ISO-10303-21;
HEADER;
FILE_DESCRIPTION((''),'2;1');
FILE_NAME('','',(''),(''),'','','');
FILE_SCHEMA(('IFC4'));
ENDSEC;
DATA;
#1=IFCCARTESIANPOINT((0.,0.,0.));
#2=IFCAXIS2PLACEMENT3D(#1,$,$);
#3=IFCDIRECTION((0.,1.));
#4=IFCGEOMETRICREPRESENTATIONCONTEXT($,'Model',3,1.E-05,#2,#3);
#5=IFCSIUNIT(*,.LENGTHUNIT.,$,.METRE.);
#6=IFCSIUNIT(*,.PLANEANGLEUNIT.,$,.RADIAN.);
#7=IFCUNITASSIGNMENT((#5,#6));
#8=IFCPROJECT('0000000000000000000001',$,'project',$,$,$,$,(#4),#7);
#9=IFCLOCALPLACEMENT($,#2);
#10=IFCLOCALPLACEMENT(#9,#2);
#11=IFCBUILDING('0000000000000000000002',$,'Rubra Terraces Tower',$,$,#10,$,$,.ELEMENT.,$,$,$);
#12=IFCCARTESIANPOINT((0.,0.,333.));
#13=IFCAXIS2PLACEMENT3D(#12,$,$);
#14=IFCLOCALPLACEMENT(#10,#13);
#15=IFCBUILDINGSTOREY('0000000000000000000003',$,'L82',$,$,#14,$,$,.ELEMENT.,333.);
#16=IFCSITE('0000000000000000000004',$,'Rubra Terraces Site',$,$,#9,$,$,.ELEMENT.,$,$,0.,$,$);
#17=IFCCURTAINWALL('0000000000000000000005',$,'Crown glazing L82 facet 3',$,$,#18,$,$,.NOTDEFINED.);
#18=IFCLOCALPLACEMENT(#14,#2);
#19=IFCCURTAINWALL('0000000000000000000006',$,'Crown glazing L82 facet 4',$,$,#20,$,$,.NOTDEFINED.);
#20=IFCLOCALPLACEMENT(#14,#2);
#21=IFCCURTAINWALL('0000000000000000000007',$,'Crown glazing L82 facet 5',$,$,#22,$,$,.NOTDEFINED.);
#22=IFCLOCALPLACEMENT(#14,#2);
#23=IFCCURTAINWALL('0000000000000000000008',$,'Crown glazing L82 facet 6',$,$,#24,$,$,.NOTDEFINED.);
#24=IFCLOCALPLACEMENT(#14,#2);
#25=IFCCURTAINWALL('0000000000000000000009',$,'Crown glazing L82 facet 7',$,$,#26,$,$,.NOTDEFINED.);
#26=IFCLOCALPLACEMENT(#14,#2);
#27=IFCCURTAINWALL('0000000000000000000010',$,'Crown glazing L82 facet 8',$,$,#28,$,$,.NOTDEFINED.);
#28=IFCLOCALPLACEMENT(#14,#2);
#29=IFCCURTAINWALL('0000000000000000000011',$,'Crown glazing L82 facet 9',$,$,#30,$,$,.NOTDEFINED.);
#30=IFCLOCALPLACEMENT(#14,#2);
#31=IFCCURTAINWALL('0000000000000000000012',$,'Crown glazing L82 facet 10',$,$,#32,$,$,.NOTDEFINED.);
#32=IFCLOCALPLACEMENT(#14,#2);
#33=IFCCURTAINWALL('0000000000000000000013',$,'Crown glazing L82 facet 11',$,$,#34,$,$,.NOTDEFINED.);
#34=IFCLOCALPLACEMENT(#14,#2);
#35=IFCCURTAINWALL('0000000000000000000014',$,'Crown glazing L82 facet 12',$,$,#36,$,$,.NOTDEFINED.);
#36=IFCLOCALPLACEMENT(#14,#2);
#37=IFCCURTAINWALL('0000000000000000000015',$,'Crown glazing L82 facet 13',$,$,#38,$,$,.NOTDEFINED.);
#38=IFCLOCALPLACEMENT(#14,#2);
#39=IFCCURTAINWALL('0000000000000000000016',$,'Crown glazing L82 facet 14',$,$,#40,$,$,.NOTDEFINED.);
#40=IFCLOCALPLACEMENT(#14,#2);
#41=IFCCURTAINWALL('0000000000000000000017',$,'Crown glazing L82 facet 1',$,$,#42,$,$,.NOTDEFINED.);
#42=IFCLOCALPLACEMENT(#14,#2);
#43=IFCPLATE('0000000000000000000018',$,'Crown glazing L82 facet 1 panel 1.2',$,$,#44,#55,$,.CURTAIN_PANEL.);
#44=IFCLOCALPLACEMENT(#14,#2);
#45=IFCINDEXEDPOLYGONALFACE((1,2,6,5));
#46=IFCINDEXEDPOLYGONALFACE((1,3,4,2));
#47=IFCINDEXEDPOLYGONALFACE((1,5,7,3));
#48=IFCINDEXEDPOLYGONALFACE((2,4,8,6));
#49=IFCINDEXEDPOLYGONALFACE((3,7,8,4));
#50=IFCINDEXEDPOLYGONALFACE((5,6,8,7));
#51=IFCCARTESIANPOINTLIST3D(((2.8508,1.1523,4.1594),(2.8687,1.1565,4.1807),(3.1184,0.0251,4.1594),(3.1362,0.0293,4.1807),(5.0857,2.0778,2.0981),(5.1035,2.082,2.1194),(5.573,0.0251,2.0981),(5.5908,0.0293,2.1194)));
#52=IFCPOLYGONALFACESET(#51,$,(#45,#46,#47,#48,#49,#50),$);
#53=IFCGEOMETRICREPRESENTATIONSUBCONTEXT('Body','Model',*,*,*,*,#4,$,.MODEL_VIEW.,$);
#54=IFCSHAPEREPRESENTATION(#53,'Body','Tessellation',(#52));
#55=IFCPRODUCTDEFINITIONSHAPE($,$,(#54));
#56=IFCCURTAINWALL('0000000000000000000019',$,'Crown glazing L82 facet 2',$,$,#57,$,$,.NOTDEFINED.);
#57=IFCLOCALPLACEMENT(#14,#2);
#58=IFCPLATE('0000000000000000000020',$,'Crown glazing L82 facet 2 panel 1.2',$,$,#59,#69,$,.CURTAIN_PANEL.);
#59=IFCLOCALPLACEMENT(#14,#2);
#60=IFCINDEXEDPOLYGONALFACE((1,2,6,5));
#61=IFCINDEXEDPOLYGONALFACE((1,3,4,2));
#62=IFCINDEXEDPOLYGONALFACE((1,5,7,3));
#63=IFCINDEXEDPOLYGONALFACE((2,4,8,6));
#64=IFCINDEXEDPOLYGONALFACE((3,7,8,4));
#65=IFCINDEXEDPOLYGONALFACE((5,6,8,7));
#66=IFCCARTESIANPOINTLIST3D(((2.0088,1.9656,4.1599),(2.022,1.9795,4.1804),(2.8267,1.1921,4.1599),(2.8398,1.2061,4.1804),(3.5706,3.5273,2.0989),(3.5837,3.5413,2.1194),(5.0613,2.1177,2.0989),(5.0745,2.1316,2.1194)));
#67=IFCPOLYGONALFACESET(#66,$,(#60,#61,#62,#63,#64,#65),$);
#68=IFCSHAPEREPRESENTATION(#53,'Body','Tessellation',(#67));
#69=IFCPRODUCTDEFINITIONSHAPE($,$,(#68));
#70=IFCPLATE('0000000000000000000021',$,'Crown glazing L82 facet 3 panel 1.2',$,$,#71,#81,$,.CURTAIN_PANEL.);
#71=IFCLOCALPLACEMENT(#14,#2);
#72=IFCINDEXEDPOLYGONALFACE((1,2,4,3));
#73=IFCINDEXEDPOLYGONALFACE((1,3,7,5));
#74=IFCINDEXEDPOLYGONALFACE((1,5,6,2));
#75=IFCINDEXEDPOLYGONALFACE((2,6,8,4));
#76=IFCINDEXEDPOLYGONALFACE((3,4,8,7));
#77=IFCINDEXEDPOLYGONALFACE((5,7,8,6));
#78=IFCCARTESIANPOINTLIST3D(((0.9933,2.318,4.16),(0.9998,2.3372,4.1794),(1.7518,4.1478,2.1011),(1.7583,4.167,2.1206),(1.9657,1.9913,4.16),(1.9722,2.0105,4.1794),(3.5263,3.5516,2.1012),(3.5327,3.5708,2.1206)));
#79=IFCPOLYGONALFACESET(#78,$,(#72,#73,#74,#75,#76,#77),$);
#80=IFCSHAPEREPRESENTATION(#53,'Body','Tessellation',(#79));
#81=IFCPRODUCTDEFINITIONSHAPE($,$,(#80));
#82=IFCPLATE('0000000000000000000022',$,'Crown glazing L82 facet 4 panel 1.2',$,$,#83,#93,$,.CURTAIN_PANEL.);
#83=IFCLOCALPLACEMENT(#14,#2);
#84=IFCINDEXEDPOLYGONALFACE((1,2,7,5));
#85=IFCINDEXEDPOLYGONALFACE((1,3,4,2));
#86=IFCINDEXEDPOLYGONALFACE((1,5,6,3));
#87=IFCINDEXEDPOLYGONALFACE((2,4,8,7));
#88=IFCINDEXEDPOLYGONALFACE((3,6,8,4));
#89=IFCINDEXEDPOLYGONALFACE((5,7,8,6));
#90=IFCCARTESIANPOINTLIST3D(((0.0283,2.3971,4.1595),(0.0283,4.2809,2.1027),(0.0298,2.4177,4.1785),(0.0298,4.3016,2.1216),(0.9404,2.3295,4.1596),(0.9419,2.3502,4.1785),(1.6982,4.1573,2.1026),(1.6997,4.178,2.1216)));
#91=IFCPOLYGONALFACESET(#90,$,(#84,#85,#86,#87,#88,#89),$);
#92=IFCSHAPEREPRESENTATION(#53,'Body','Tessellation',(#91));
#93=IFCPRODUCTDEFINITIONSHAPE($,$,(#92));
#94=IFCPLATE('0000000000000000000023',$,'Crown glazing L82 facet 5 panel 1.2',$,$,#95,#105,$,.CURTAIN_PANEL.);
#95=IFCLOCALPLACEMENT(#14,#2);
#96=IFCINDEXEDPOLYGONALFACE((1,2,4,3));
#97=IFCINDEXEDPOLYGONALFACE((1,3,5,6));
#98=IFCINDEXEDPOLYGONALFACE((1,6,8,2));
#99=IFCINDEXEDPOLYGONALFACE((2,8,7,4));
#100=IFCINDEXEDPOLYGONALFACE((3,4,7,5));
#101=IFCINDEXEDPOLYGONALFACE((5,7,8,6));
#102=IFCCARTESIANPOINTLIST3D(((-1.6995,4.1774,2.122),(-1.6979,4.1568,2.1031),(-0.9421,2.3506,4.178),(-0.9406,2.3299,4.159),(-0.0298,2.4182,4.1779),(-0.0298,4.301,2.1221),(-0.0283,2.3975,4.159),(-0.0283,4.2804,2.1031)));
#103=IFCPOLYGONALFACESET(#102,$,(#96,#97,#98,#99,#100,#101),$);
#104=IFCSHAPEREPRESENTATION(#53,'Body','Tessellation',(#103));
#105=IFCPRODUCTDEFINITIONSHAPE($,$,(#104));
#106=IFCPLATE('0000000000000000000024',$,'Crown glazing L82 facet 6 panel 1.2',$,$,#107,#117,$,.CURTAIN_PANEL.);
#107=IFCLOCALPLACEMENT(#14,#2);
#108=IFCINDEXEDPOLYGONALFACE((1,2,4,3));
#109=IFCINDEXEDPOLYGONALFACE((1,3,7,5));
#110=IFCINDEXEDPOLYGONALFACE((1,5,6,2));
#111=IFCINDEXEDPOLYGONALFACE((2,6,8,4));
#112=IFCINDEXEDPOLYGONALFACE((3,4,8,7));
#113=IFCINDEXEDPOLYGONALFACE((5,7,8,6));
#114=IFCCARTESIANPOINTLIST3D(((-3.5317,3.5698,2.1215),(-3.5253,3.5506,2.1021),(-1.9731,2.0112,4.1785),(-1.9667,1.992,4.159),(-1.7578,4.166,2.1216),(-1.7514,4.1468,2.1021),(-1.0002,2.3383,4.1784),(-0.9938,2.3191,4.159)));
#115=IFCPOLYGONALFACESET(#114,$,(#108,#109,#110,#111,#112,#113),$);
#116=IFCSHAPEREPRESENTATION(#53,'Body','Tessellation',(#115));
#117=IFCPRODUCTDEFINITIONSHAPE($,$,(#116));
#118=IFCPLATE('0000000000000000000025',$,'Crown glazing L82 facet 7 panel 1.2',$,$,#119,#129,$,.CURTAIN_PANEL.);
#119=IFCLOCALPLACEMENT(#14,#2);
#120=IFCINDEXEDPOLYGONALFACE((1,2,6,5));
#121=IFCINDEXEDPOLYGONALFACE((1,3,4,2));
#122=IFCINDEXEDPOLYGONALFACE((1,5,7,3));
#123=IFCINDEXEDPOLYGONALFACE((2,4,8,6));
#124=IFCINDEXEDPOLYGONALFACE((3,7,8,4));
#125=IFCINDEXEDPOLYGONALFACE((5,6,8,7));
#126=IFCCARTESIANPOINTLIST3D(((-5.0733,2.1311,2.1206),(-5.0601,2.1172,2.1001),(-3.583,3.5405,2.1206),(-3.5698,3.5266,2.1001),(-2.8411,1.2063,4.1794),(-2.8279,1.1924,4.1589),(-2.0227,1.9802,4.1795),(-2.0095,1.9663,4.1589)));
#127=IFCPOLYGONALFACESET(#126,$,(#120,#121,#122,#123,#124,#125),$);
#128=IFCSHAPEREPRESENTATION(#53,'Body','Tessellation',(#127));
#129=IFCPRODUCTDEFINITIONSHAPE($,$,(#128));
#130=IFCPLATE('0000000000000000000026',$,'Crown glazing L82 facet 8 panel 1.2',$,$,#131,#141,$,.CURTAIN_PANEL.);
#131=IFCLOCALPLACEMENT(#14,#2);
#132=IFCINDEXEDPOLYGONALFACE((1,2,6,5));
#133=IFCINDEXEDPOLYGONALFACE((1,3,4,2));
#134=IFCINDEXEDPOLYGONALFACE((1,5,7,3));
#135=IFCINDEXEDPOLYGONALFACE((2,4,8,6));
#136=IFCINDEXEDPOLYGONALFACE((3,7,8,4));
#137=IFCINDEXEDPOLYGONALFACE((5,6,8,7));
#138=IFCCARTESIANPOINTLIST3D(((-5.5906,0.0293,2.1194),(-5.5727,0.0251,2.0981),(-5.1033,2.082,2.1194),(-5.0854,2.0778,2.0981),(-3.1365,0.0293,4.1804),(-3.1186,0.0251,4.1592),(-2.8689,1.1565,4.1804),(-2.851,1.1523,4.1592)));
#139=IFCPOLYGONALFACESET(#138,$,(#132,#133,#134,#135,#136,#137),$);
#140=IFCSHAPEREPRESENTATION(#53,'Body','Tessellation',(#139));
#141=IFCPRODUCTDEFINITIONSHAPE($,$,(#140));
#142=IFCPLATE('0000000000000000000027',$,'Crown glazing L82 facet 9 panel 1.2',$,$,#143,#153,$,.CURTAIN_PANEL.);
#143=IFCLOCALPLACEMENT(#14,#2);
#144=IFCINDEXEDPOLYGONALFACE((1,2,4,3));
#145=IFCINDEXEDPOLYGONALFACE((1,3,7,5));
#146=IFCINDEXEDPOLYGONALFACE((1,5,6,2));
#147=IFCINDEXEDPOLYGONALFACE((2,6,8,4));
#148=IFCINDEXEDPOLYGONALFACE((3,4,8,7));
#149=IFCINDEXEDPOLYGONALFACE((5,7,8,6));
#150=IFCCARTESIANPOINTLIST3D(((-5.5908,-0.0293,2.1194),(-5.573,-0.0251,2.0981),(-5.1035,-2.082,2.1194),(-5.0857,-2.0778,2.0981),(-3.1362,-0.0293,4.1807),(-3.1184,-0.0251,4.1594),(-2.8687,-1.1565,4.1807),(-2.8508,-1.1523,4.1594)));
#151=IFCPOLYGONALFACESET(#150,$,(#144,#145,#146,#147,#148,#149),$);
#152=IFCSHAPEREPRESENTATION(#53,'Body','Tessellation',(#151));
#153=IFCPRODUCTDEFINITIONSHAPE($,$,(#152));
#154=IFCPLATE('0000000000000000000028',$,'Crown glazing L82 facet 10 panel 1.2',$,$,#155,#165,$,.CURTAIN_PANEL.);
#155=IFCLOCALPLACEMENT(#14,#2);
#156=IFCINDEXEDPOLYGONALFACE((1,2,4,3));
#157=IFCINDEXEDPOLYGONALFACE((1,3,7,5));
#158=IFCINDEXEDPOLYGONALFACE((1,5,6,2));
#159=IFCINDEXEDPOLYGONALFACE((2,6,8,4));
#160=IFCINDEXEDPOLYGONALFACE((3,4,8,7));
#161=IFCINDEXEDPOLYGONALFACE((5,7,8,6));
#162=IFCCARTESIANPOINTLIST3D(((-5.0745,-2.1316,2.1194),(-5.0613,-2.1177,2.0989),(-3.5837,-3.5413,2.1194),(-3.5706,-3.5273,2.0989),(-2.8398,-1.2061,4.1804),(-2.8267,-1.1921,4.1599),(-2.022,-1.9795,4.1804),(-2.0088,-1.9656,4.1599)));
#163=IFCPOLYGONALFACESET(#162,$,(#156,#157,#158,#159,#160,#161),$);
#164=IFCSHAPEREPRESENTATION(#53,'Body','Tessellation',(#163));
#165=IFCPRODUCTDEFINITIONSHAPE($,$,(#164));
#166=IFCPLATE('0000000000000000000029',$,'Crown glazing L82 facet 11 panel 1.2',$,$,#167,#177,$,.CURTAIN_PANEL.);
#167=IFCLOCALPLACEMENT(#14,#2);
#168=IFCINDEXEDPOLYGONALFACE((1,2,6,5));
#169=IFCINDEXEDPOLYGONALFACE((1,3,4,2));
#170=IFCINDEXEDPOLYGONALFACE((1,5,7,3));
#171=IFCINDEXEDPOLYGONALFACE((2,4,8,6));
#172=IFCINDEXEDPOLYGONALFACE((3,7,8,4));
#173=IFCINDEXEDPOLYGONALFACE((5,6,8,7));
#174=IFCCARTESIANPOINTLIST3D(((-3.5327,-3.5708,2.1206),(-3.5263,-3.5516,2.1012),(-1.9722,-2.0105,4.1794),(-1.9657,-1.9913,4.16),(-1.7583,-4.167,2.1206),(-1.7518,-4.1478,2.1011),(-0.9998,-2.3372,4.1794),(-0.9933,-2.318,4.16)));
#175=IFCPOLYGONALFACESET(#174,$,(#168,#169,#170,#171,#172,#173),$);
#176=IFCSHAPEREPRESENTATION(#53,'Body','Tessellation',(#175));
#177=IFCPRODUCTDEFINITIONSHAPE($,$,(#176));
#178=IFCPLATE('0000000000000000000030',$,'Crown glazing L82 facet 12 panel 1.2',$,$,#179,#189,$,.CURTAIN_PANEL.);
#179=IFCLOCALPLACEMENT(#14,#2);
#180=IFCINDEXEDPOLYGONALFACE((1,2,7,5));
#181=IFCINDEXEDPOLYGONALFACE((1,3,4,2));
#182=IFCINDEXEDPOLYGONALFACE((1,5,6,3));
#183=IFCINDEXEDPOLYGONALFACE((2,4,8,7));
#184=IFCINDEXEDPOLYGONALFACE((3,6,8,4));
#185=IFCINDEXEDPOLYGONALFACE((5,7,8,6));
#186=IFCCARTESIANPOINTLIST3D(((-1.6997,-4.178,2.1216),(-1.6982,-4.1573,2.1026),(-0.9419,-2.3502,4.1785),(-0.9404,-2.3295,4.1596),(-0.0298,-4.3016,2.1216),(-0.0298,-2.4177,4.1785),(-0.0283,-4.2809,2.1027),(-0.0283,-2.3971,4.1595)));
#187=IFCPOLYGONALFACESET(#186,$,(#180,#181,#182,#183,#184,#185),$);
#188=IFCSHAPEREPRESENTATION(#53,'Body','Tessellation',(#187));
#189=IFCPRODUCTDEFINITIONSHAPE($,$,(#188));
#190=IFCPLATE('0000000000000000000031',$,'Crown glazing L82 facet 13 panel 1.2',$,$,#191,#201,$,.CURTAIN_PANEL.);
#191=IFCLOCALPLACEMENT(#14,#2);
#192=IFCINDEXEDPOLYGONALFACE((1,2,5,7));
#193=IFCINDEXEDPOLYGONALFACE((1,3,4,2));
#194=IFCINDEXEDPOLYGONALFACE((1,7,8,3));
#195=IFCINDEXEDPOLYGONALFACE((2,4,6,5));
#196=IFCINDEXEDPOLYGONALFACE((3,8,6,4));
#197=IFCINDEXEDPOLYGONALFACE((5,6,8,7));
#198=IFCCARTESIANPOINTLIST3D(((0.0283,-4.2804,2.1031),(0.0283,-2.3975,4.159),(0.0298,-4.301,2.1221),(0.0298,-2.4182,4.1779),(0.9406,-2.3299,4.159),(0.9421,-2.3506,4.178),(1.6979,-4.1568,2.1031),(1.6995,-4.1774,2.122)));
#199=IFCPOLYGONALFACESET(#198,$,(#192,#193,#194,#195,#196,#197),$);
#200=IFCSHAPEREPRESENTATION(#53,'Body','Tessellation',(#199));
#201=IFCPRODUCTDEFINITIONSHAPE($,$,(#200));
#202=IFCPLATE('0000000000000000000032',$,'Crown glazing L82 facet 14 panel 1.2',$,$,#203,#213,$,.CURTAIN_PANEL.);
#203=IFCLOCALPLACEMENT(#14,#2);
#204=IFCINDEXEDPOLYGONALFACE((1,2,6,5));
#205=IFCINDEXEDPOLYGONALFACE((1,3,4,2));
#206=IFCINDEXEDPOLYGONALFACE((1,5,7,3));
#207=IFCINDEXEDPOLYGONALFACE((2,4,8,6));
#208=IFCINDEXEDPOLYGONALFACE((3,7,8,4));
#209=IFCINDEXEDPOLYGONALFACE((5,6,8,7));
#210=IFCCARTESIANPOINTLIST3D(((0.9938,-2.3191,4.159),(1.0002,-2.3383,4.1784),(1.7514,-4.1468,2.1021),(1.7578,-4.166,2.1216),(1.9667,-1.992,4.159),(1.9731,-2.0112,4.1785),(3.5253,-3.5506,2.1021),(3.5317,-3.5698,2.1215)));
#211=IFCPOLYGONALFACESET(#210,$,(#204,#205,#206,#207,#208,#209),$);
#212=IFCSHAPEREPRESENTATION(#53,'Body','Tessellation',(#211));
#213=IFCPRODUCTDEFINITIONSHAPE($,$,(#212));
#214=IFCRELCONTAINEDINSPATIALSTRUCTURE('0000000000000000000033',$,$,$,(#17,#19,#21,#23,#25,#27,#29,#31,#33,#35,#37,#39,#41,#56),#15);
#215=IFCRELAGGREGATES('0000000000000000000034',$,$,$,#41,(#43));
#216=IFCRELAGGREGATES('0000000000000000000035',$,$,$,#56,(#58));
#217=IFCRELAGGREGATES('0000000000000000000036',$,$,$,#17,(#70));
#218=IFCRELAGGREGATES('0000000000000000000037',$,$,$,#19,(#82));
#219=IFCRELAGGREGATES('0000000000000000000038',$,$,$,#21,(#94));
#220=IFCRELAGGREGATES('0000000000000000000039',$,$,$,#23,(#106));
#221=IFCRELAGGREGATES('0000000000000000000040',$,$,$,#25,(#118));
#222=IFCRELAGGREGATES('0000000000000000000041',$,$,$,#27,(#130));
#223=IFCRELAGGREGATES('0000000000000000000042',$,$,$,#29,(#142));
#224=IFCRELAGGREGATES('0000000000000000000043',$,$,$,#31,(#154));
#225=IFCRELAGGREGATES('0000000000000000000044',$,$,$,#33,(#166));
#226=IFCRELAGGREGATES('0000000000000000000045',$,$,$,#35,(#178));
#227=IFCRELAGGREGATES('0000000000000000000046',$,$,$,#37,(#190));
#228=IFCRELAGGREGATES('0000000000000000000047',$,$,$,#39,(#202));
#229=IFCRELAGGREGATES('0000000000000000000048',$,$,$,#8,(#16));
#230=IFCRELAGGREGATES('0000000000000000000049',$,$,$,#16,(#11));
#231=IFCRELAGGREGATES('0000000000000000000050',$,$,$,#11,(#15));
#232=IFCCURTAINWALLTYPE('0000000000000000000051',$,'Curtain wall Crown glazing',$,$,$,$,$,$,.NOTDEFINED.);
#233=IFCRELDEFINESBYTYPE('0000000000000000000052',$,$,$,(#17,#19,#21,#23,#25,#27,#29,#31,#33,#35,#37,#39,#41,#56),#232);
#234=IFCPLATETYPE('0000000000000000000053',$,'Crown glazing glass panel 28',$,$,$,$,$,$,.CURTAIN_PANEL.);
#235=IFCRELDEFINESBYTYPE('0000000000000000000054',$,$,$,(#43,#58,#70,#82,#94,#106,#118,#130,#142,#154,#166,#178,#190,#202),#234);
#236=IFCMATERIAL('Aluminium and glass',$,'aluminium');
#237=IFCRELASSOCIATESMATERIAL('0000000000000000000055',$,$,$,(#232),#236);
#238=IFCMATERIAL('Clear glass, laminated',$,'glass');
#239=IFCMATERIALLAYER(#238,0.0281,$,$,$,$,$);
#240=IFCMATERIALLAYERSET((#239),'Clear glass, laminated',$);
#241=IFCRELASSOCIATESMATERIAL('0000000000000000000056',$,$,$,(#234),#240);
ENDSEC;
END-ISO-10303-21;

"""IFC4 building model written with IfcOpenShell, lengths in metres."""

from ifc_helpers import new_model, si_unit, direction, frame, origin, place, context, subcontext, project, spatial, polyline, outline, extrude, material, layer, layer_set, type_object, element, aggregate, save


model = new_model("IFC4")

# Units and contexts
model_context = context("Model", 3, precision=1e-05, world=origin(), true_north=direction((0.0, 1.0)))
body_context = subcontext(model_context, "Body", "Model", "MODEL_VIEW")
ifc_project = project(units=[si_unit("LENGTHUNIT", "METRE"), si_unit("PLANEANGLEUNIT", "RADIAN")], contexts=[model_context])

# Site, building, storey
site_placement = place(None, origin())
site = spatial("IfcSite", under=ifc_project, at=site_placement, Name="Rubra Terraces Site", CompositionType="ELEMENT", RefElevation=0.0)
building_placement = place(site_placement, origin())
building = spatial("IfcBuilding", under=site, at=building_placement, Name="Rubra Terraces Tower", CompositionType="ELEMENT")
storey_placement = place(building_placement, frame((0.0, 0.0, 333.0)))
storey = spatial("IfcBuildingStorey", under=building, at=storey_placement, Name="L82", CompositionType="ELEMENT", Elevation=333.0)

# Curtain walls
ifc_material_1 = material(Name="Aluminium and glass", Category="aluminium")
curtain_wall_type = type_object("IfcCurtainWallType", Name="Curtain wall Crown glazing", PredefinedType="NOTDEFINED", material=ifc_material_1)
curtain_wall_1_placement = place(storey_placement, origin())
curtain_wall_1 = element("IfcCurtainWall", 1, at=curtain_wall_1_placement, inside=storey, type_object=curtain_wall_type, Name="Crown glazing L82 facet 3", PredefinedType="NOTDEFINED")
curtain_wall_2_placement = place(storey_placement, origin())
curtain_wall_2 = element("IfcCurtainWall", 2, at=curtain_wall_2_placement, inside=storey, type_object=curtain_wall_type, Name="Crown glazing L82 facet 4", PredefinedType="NOTDEFINED")
curtain_wall_3_placement = place(storey_placement, origin())
curtain_wall_3 = element("IfcCurtainWall", 3, at=curtain_wall_3_placement, inside=storey, type_object=curtain_wall_type, Name="Crown glazing L82 facet 5", PredefinedType="NOTDEFINED")
curtain_wall_4_placement = place(storey_placement, origin())
curtain_wall_4 = element("IfcCurtainWall", 4, at=curtain_wall_4_placement, inside=storey, type_object=curtain_wall_type, Name="Crown glazing L82 facet 6", PredefinedType="NOTDEFINED")
curtain_wall_5_placement = place(storey_placement, origin())
curtain_wall_5 = element("IfcCurtainWall", 5, at=curtain_wall_5_placement, inside=storey, type_object=curtain_wall_type, Name="Crown glazing L82 facet 7", PredefinedType="NOTDEFINED")
curtain_wall_6_placement = place(storey_placement, origin())
curtain_wall_6 = element("IfcCurtainWall", 6, at=curtain_wall_6_placement, inside=storey, type_object=curtain_wall_type, Name="Crown glazing L82 facet 8", PredefinedType="NOTDEFINED")
curtain_wall_7_placement = place(storey_placement, origin())
curtain_wall_7 = element("IfcCurtainWall", 7, at=curtain_wall_7_placement, inside=storey, type_object=curtain_wall_type, Name="Crown glazing L82 facet 9", PredefinedType="NOTDEFINED")
curtain_wall_8_placement = place(storey_placement, origin())
curtain_wall_8 = element("IfcCurtainWall", 8, at=curtain_wall_8_placement, inside=storey, type_object=curtain_wall_type, Name="Crown glazing L82 facet 10", PredefinedType="NOTDEFINED")
curtain_wall_9_placement = place(storey_placement, origin())
curtain_wall_9 = element("IfcCurtainWall", 9, at=curtain_wall_9_placement, inside=storey, type_object=curtain_wall_type, Name="Crown glazing L82 facet 11", PredefinedType="NOTDEFINED")
curtain_wall_10_placement = place(storey_placement, origin())
curtain_wall_10 = element("IfcCurtainWall", 10, at=curtain_wall_10_placement, inside=storey, type_object=curtain_wall_type, Name="Crown glazing L82 facet 12", PredefinedType="NOTDEFINED")
curtain_wall_11_placement = place(storey_placement, origin())
curtain_wall_11 = element("IfcCurtainWall", 11, at=curtain_wall_11_placement, inside=storey, type_object=curtain_wall_type, Name="Crown glazing L82 facet 13", PredefinedType="NOTDEFINED")
curtain_wall_12_placement = place(storey_placement, origin())
curtain_wall_12 = element("IfcCurtainWall", 12, at=curtain_wall_12_placement, inside=storey, type_object=curtain_wall_type, Name="Crown glazing L82 facet 14", PredefinedType="NOTDEFINED")

# Curtain walls, plates
curtain_wall_13_placement = place(storey_placement, origin())
curtain_wall_13 = element("IfcCurtainWall", 13, at=curtain_wall_13_placement, inside=storey, type_object=curtain_wall_type, Name="Crown glazing L82 facet 1", PredefinedType="NOTDEFINED")
ifc_material_2 = material(Name="Clear glass, laminated", Category="glass")
ifc_layer_1 = layer(ifc_material_2, 0.0281)
ifc_layer_set_1 = layer_set([ifc_layer_1], Name="Clear glass, laminated")
plate_type = type_object("IfcPlateType", Name="Crown glazing glass panel 28", PredefinedType="CURTAIN_PANEL", material=ifc_layer_set_1)
plate_1_placement = place(storey_placement, frame((5.5908, 0.0293, 2.1194), z_axis=(0.635722, 0.150914, 0.757022), x_axis=(-0.230973, 0.97296, 0.000002)))
plate_1 = element("IfcPlate", 14, at=plate_1_placement, type_object=plate_type, Name="Crown glazing L82 facet 1 panel 1.2", PredefinedType="CURTAIN_PANEL", context=body_context, shape_type="SweptSolid", body=[
    extrude(outline(polyline([(0.0, 0.0), (2.1098, 0.0), (1.7255, 3.1547), (0.5669, 3.1548), (0.0, 0.0)])), origin(), (0.0, 0.0, -1.0), 0.0281),
])
aggregate(curtain_wall_13, [plate_1])
curtain_wall_14_placement = place(storey_placement, origin())
curtain_wall_14 = element("IfcCurtainWall", 15, at=curtain_wall_14_placement, inside=storey, type_object=curtain_wall_type, Name="Crown glazing L82 facet 2", PredefinedType="NOTDEFINED")
plate_2_placement = place(storey_placement, frame((5.0745, 2.1316, 2.1194), z_axis=(0.468858, 0.495808, 0.73099), x_axis=(-0.726581, 0.68708, 0.000004)))
plate_2 = element("IfcPlate", 16, at=plate_2_placement, type_object=plate_type, Name="Crown glazing L82 facet 2 panel 1.2", PredefinedType="CURTAIN_PANEL", context=body_context, shape_type="SweptSolid", body=[
    extrude(outline(polyline([(0.0, 0.0), (2.0517, 0.0), (2.1134, 3.0203), (0.9877, 3.0203), (0.0, 0.0)])), origin(), (0.0, 0.0, -1.0), 0.0281),
])
aggregate(curtain_wall_14, [plate_2])

# Plates
plate_3_placement = place(storey_placement, frame((3.5327, 3.5708, 2.1206), z_axis=(0.229767, 0.68389, 0.692461), x_axis=(-0.947928, 0.318486, -0.00001)))
plate_3 = element("IfcPlate", 17, at=plate_3_placement, type_object=plate_type, Name="Crown glazing L82 facet 3 panel 1.2", PredefinedType="CURTAIN_PANEL", context=body_context, shape_type="SweptSolid", body=[
    extrude(outline(polyline([(0.0, 0.0), (1.8719, 0.0), (2.0081, 2.8538), (0.9823, 2.8537), (0.0, 0.0)])), origin(), (0.0, 0.0, -1.0), 0.0281),
])
aggregate(curtain_wall_1, [plate_3])
plate_4_placement = place(storey_placement, frame((1.6997, 4.178, 2.1216), z_axis=(0.054515, 0.736341, 0.67441), x_axis=(-0.997273, 0.073807, 0.000029)))
plate_4 = element("IfcPlate", 18, at=plate_4_placement, type_object=plate_type, Name="Crown glazing L82 facet 4 panel 1.2", PredefinedType="CURTAIN_PANEL", context=body_context, shape_type="SweptSolid", body=[
    extrude(outline(polyline([(0.0, 0.0), (1.6745, 0.0), (1.5355, 2.7857), (0.6209, 2.7858), (0.0, 0.0)])), origin(), (0.0, 0.0, -1.0), 0.0281),
])
aggregate(curtain_wall_2, [plate_4])
plate_5_placement = place(storey_placement, frame((-0.0298, 4.301, 2.1221), z_axis=(-0.054517, 0.736359, 0.674391), x_axis=(-0.997272, -0.073812, -0.000024)))
plate_5 = element("IfcPlate", 19, at=plate_5_placement, type_object=plate_type, Name="Crown glazing L82 facet 5 panel 1.2", PredefinedType="CURTAIN_PANEL", context=body_context, shape_type="SweptSolid", body=[
    extrude(outline(polyline([(0.0, 0.0), (1.6742, 0.0), (1.0538, 2.7844), (0.1389, 2.7843), (0.0, 0.0)])), origin(), (0.0, 0.0, -1.0), 0.0281),
])
aggregate(curtain_wall_3, [plate_5])
plate_6_placement = place(storey_placement, frame((-1.7578, 4.166, 2.1216), z_axis=(-0.229896, 0.683912, 0.692396), x_axis=(-0.947888, -0.318603, -0.000028)))
plate_6 = element("IfcPlate", 20, at=plate_6_placement, type_object=plate_type, Name="Crown glazing L82 facet 6 panel 1.2", PredefinedType="CURTAIN_PANEL", context=body_context, shape_type="SweptSolid", body=[
    extrude(outline(polyline([(0.0, 0.0), (1.8714, 0.0), (0.8906, 2.8508), (-0.1359, 2.8507), (0.0, 0.0)])), origin(), (0.0, 0.0, -1.0), 0.0281),
])
aggregate(curtain_wall_4, [plate_6])
plate_7_placement = place(storey_placement, frame((-3.583, 3.5405, 2.1206), z_axis=(-0.468858, 0.495753, 0.731027), x_axis=(-0.726535, -0.687129, 0.000006)))
plate_7 = element("IfcPlate", 21, at=plate_7_placement, type_object=plate_type, Name="Crown glazing L82 facet 7 panel 1.2", PredefinedType="CURTAIN_PANEL", context=body_context, shape_type="SweptSolid", body=[
    extrude(outline(polyline([(0.0, 0.0), (2.0512, 0.0), (1.0649, 3.0173), (-0.0615, 3.0173), (0.0, 0.0)])), origin(), (0.0, 0.0, -1.0), 0.0281),
])
aggregate(curtain_wall_5, [plate_7])
plate_8_placement = place(storey_placement, frame((-5.1033, 2.082, 2.1194), z_axis=(-0.635752, 0.150921, 0.756996), x_axis=(-0.230973, -0.97296, -0.000002)))
plate_8 = element("IfcPlate", 22, at=plate_8_placement, type_object=plate_type, Name="Crown glazing L82 facet 8 panel 1.2", PredefinedType="CURTAIN_PANEL", context=body_context, shape_type="SweptSolid", body=[
    extrude(outline(polyline([(0.0, 0.0), (2.1098, 0.0), (1.5429, 3.1542), (0.3844, 3.1542), (0.0, 0.0)])), origin(), (0.0, 0.0, -1.0), 0.0281),
])
aggregate(curtain_wall_6, [plate_8])
plate_9_placement = place(storey_placement, frame((-5.5908, -0.0293, 2.1194), z_axis=(-0.635722, -0.150914, 0.757022), x_axis=(0.230973, -0.97296, 0.000002)))
plate_9 = element("IfcPlate", 23, at=plate_9_placement, type_object=plate_type, Name="Crown glazing L82 facet 9 panel 1.2", PredefinedType="CURTAIN_PANEL", context=body_context, shape_type="SweptSolid", body=[
    extrude(outline(polyline([(0.0, 0.0), (2.1098, 0.0), (1.7255, 3.1547), (0.5669, 3.1548), (0.0, 0.0)])), origin(), (0.0, 0.0, -1.0), 0.0281),
])
aggregate(curtain_wall_7, [plate_9])
plate_10_placement = place(storey_placement, frame((-5.0745, -2.1316, 2.1194), z_axis=(-0.468858, -0.495808, 0.73099), x_axis=(0.726581, -0.68708, 0.000004)))
plate_10 = element("IfcPlate", 24, at=plate_10_placement, type_object=plate_type, Name="Crown glazing L82 facet 10 panel 1.2", PredefinedType="CURTAIN_PANEL", context=body_context, shape_type="SweptSolid", body=[
    extrude(outline(polyline([(0.0, 0.0), (2.0517, 0.0), (2.1134, 3.0203), (0.9877, 3.0203), (0.0, 0.0)])), origin(), (0.0, 0.0, -1.0), 0.0281),
])
aggregate(curtain_wall_8, [plate_10])
plate_11_placement = place(storey_placement, frame((-3.5327, -3.5708, 2.1206), z_axis=(-0.229767, -0.68389, 0.692461), x_axis=(0.947928, -0.318486, -0.00001)))
plate_11 = element("IfcPlate", 25, at=plate_11_placement, type_object=plate_type, Name="Crown glazing L82 facet 11 panel 1.2", PredefinedType="CURTAIN_PANEL", context=body_context, shape_type="SweptSolid", body=[
    extrude(outline(polyline([(0.0, 0.0), (1.8719, 0.0), (2.0081, 2.8538), (0.9823, 2.8537), (0.0, 0.0)])), origin(), (0.0, 0.0, -1.0), 0.0281),
])
aggregate(curtain_wall_9, [plate_11])
plate_12_placement = place(storey_placement, frame((-1.6997, -4.178, 2.1216), z_axis=(-0.054515, -0.736341, 0.67441), x_axis=(0.997273, -0.073807, 0.000029)))
plate_12 = element("IfcPlate", 26, at=plate_12_placement, type_object=plate_type, Name="Crown glazing L82 facet 12 panel 1.2", PredefinedType="CURTAIN_PANEL", context=body_context, shape_type="SweptSolid", body=[
    extrude(outline(polyline([(0.0, 0.0), (1.6745, 0.0), (1.5355, 2.7857), (0.6209, 2.7858), (0.0, 0.0)])), origin(), (0.0, 0.0, -1.0), 0.0281),
])
aggregate(curtain_wall_10, [plate_12])
plate_13_placement = place(storey_placement, frame((0.0298, -4.301, 2.1221), z_axis=(0.054517, -0.736359, 0.674391), x_axis=(0.997272, 0.073812, -0.000024)))
plate_13 = element("IfcPlate", 27, at=plate_13_placement, type_object=plate_type, Name="Crown glazing L82 facet 13 panel 1.2", PredefinedType="CURTAIN_PANEL", context=body_context, shape_type="SweptSolid", body=[
    extrude(outline(polyline([(0.0, 0.0), (1.6742, 0.0), (1.0538, 2.7844), (0.1389, 2.7843), (0.0, 0.0)])), origin(), (0.0, 0.0, -1.0), 0.0281),
])
aggregate(curtain_wall_11, [plate_13])
plate_14_placement = place(storey_placement, frame((1.7578, -4.166, 2.1216), z_axis=(0.229896, -0.683912, 0.692396), x_axis=(0.947888, 0.318603, -0.000028)))
plate_14 = element("IfcPlate", 28, at=plate_14_placement, type_object=plate_type, Name="Crown glazing L82 facet 14 panel 1.2", PredefinedType="CURTAIN_PANEL", context=body_context, shape_type="SweptSolid", body=[
    extrude(outline(polyline([(0.0, 0.0), (1.8714, 0.0), (0.8906, 2.8508), (-0.1359, 2.8507), (0.0, 0.0)])), origin(), (0.0, 0.0, -1.0), 0.0281),
])
aggregate(curtain_wall_12, [plate_14])

save(model, "model.ifc")
